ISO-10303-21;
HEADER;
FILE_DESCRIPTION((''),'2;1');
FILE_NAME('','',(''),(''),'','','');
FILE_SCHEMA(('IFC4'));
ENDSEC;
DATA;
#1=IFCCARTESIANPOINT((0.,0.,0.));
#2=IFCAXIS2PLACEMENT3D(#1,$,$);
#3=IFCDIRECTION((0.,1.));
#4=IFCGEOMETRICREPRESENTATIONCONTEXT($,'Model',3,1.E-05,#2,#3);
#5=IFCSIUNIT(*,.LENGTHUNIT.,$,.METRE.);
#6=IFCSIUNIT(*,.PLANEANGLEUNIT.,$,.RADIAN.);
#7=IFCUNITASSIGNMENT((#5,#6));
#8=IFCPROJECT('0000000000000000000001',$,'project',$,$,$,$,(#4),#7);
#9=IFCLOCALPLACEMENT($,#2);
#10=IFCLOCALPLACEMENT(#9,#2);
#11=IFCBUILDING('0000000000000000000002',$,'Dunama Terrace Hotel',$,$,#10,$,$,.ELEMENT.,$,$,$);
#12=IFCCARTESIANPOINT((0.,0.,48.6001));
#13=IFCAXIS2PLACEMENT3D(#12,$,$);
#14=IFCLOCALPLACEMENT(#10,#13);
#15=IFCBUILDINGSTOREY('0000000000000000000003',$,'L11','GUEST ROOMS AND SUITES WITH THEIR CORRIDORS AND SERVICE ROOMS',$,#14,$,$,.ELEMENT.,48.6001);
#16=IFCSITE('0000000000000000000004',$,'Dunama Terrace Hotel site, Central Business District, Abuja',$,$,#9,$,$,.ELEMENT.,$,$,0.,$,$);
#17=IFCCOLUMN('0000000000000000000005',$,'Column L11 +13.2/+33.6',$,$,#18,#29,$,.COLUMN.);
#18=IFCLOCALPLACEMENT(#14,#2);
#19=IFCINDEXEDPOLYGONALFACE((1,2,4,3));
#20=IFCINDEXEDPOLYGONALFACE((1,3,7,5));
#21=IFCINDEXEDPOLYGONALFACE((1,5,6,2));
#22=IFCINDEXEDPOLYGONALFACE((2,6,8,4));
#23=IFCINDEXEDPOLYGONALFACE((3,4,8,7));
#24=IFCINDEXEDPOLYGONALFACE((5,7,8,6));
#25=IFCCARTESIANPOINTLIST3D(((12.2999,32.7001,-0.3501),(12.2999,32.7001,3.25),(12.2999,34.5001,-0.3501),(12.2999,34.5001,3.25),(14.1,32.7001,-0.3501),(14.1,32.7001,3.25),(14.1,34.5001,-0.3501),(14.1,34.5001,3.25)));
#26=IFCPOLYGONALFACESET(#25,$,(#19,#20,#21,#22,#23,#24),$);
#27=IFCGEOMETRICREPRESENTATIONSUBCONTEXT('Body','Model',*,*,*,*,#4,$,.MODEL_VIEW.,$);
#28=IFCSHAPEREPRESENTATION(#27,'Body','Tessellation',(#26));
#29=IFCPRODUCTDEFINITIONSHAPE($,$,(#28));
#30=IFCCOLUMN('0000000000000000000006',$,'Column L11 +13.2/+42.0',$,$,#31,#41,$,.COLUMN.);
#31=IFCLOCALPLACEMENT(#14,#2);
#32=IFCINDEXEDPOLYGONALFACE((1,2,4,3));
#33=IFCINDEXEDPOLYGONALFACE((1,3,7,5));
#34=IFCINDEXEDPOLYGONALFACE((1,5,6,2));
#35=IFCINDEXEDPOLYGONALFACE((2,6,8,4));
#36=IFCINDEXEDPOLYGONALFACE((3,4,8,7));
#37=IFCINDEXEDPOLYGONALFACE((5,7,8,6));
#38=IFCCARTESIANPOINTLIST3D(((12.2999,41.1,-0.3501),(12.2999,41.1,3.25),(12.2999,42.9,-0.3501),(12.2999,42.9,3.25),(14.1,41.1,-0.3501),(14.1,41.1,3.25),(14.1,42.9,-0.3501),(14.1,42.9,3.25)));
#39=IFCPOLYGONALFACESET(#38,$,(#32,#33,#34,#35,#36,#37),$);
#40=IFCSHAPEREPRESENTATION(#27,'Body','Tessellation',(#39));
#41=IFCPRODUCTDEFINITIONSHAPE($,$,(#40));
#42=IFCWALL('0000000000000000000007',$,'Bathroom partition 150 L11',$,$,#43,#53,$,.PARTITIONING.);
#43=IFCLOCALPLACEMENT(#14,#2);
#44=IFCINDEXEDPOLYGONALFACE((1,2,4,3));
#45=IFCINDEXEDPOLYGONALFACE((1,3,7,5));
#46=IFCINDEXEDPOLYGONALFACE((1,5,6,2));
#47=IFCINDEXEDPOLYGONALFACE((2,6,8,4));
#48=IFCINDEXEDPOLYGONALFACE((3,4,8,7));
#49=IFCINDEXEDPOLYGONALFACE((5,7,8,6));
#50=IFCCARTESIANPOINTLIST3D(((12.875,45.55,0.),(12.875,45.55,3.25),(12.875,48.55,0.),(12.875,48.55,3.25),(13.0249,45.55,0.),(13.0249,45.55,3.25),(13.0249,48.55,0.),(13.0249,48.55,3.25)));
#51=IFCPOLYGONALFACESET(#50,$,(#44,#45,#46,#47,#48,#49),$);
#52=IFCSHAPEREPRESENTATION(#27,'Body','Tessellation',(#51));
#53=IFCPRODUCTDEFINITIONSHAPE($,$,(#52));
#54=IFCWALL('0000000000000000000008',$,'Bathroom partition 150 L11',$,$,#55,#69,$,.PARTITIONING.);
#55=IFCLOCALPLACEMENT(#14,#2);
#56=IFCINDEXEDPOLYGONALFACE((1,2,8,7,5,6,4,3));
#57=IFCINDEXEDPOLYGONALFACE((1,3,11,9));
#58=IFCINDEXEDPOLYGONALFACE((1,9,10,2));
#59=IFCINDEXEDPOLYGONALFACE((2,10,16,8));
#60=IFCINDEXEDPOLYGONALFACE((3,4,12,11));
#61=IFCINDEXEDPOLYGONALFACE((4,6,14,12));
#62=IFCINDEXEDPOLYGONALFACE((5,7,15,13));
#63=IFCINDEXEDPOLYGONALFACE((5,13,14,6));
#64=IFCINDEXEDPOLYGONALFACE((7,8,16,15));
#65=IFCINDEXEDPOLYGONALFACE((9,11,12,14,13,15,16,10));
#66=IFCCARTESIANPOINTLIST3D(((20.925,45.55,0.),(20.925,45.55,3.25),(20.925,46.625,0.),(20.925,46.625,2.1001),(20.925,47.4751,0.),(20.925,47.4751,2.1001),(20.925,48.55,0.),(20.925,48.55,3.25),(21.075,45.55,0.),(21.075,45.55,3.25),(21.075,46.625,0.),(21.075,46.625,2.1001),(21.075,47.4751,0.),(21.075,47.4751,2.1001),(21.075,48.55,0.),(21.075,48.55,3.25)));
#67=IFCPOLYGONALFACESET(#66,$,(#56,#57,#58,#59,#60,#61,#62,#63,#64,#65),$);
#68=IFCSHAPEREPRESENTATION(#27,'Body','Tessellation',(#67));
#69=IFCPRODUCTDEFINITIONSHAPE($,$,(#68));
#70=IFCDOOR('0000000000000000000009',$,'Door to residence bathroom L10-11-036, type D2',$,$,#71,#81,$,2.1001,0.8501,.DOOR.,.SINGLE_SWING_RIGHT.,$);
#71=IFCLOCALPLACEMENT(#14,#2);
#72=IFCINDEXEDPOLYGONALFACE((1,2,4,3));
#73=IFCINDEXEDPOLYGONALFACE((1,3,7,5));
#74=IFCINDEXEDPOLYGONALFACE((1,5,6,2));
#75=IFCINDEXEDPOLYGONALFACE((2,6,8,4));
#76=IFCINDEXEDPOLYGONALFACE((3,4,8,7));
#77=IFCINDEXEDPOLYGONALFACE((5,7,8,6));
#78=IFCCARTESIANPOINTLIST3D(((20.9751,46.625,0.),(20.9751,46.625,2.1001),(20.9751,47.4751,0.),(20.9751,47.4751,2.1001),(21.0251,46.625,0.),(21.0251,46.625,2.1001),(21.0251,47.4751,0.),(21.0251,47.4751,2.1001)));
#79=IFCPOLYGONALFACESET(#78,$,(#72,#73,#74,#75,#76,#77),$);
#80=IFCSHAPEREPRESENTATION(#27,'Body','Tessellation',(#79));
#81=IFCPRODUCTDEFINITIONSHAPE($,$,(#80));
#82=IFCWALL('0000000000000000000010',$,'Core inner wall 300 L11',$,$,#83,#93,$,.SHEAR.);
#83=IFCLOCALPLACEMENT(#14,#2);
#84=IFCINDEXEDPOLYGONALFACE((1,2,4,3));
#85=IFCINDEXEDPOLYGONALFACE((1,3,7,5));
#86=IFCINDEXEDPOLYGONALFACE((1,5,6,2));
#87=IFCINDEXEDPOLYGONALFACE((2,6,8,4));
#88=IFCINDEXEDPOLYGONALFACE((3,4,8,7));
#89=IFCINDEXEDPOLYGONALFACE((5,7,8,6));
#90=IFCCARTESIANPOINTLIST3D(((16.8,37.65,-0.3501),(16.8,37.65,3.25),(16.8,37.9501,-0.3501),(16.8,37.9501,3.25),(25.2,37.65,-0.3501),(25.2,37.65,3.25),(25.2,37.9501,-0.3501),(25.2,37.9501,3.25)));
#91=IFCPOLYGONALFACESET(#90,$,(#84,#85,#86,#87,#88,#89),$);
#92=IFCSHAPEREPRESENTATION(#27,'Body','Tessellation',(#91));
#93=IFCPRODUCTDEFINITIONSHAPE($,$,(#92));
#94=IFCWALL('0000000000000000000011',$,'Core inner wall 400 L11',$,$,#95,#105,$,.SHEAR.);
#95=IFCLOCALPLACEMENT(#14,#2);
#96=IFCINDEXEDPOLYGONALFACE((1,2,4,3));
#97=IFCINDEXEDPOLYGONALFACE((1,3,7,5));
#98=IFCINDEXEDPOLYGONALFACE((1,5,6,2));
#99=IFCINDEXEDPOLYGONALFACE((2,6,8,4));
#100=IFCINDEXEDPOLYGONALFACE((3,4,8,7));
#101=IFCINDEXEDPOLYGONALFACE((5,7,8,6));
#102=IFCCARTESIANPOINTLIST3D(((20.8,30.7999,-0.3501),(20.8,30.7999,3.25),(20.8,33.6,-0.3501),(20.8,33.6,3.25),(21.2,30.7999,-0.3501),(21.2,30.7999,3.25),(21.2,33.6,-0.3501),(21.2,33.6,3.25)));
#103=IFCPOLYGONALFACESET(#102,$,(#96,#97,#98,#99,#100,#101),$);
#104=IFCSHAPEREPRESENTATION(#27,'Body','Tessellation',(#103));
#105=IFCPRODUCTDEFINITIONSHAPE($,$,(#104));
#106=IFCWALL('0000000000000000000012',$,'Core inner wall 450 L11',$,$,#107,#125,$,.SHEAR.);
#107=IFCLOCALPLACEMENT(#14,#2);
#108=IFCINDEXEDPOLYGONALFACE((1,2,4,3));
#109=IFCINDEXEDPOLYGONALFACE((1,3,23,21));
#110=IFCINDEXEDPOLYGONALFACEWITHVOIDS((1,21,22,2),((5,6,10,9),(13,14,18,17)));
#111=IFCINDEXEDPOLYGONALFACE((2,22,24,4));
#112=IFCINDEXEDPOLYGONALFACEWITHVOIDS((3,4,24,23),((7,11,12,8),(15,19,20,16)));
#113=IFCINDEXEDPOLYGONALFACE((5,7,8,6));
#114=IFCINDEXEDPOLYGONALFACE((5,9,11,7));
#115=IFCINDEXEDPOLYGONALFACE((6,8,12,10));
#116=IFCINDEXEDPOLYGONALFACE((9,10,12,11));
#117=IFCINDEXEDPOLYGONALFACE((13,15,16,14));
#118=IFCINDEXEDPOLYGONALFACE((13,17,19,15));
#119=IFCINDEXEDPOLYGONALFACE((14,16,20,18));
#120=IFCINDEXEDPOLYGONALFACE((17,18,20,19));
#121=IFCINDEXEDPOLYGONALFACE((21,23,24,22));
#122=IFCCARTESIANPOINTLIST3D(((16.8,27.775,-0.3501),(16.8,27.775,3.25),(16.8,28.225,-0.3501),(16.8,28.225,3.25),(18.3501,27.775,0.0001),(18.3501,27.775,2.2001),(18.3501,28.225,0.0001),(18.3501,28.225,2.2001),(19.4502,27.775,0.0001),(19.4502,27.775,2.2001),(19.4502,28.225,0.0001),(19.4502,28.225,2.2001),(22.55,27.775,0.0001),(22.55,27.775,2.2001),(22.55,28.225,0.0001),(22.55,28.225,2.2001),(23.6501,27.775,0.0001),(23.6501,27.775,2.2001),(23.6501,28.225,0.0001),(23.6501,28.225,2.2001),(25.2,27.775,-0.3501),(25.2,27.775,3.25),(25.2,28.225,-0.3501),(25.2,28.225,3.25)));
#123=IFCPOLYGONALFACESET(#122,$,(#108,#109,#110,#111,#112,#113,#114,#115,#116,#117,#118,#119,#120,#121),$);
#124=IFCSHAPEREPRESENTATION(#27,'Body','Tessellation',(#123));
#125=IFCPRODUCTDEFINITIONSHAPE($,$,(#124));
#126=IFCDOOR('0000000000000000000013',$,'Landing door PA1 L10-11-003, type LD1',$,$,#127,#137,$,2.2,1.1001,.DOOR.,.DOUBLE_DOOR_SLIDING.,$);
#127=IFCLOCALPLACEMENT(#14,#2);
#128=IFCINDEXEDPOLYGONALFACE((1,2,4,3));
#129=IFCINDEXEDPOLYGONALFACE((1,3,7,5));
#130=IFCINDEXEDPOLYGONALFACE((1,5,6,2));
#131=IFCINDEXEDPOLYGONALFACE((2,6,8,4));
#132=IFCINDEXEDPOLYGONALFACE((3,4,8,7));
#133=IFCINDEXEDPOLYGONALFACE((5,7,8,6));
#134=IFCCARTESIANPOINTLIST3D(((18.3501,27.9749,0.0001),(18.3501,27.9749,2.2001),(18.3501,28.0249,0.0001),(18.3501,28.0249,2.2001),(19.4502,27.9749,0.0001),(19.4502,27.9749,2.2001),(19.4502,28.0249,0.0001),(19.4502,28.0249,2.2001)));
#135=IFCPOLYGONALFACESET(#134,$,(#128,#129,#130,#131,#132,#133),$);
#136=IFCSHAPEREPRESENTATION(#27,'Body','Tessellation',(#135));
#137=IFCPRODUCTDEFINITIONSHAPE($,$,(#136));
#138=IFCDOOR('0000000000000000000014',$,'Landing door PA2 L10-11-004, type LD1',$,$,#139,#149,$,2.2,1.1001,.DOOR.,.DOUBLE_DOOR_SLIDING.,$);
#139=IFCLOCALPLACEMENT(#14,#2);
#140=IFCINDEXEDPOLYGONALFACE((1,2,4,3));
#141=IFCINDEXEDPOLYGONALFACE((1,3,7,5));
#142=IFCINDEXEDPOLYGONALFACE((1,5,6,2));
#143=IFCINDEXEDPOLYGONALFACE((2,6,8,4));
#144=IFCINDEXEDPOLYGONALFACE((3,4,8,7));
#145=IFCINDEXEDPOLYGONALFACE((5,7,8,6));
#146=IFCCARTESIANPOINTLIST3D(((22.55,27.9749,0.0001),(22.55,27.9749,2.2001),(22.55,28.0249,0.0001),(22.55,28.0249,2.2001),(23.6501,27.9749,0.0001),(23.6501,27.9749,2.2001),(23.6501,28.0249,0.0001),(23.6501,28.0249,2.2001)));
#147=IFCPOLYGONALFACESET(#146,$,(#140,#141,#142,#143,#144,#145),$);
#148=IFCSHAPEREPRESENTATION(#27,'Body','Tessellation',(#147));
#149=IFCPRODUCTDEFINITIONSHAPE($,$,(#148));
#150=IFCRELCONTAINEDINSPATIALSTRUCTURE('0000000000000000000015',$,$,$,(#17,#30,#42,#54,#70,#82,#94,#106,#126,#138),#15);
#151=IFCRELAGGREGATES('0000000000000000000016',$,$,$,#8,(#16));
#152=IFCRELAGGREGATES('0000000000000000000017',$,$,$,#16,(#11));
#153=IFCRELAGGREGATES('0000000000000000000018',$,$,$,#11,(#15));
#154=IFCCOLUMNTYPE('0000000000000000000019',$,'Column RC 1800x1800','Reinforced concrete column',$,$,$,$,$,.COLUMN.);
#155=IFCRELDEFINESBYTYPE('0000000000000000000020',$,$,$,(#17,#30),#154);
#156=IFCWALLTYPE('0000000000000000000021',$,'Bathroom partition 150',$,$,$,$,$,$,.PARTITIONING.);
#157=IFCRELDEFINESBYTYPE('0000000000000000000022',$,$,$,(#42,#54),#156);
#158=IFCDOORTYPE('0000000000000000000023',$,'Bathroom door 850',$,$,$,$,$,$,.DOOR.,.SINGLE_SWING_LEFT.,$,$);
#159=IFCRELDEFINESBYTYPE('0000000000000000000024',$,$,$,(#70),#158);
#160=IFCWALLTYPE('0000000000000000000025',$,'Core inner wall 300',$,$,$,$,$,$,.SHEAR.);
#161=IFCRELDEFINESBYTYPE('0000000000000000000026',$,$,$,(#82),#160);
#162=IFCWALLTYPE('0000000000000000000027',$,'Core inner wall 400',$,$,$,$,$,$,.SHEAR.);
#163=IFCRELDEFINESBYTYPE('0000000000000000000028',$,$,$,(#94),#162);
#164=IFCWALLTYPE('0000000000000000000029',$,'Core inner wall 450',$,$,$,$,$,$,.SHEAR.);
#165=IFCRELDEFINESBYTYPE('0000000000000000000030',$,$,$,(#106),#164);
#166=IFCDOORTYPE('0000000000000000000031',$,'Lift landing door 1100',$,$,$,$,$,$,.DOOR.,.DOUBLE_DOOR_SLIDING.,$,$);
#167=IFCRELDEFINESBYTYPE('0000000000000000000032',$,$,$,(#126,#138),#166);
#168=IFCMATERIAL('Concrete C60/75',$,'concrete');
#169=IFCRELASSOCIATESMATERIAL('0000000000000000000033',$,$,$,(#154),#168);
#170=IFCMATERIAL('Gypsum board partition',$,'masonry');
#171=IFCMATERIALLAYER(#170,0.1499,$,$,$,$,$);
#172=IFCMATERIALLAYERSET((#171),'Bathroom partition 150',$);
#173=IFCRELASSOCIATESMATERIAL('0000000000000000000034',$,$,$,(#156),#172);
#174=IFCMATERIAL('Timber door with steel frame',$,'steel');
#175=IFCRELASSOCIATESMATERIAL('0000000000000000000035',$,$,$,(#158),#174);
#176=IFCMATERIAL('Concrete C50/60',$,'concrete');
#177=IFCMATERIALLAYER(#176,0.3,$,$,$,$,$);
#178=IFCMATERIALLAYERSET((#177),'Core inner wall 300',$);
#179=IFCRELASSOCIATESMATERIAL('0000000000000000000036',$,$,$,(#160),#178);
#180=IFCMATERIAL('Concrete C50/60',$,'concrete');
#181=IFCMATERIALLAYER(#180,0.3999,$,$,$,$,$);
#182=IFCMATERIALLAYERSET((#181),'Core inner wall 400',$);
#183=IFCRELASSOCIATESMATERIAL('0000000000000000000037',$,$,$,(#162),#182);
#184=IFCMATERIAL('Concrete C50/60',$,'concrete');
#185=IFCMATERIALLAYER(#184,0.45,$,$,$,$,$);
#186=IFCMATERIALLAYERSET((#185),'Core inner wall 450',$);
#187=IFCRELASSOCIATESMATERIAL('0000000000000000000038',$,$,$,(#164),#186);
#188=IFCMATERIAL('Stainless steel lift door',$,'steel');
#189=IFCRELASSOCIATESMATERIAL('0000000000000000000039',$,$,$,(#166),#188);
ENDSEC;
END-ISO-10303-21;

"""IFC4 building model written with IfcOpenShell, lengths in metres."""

from ifc_helpers import new_model, si_unit, direction, frame, frame_2d, origin, origin_2d, place, context, subcontext, project, spatial, rectangle, extrude, material, layer, layer_set, material_profile, profile_set, type_object, element, fill, save


model = new_model("IFC4")

# Units and contexts
model_context = context("Model", 3, precision=1e-05, world=origin(), true_north=direction((0.0, 1.0)))
body_context = subcontext(model_context, "Body", "Model", "MODEL_VIEW")
ifc_project = project(units=[si_unit("LENGTHUNIT", "METRE"), si_unit("PLANEANGLEUNIT", "RADIAN")], contexts=[model_context])

# Site, building, storey
site_placement = place(None, origin())
site = spatial("IfcSite", under=ifc_project, at=site_placement, Name="Dunama Terrace Hotel site, Central Business District, Abuja", CompositionType="ELEMENT", RefElevation=0.0)
building_placement = place(site_placement, origin())
building = spatial("IfcBuilding", under=site, at=building_placement, Name="Dunama Terrace Hotel", CompositionType="ELEMENT")
storey_placement = place(building_placement, frame((0.0, 0.0, 48.6001)))
storey = spatial("IfcBuildingStorey", under=building, at=storey_placement, Name="L11", Description="GUEST ROOMS AND SUITES WITH THEIR CORRIDORS AND SERVICE ROOMS", CompositionType="ELEMENT", Elevation=48.6001)

# Columns
ifc_material_1 = material(Name="Concrete C60/75", Category="concrete")
ifc_material_profile = material_profile(ifc_material_1, rectangle(XDim=1.8, YDim=1.8, at=origin_2d()), Name="RC 1800x1800")
ifc_profile_set = profile_set([ifc_material_profile], Name="Concrete C60/75")
column_type = type_object("IfcColumnType", Name="Column RC 1800x1800", Description="Reinforced concrete column", PredefinedType="COLUMN", material=ifc_profile_set)
for number, where, z_axis, x_axis, name in (
    (1, (13.2, 33.6001, -0.3501), (0.0, 0.0, 1.0), (1.0, 0.0, 0.0), "Column L11 +13.2/+33.6"),
    (2, (13.2, 42.0, -0.3501), (0.0, 0.0, 1.0), (1.0, 0.0, 0.0), "Column L11 +13.2/+42.0"),
):
    element("IfcColumn", number, at=place(storey_placement, frame(where, z_axis=z_axis, x_axis=x_axis)), inside=storey, type_object=column_type, Name=name, PredefinedType="COLUMN", context=body_context, shape_type="SweptSolid", body=[
        extrude(rectangle(XDim=1.8, YDim=1.8, at=origin_2d()), origin(), (0.0, 0.0, 1.0), 3.6001),
    ])

# Wall
ifc_material_2 = material(Name="Gypsum board partition", Category="masonry")
ifc_layer_1 = layer(ifc_material_2, 0.1499)
ifc_layer_set_1 = layer_set([ifc_layer_1], Name="Bathroom partition 150")
wall_type_1 = type_object("IfcWallType", Name="Bathroom partition 150", PredefinedType="PARTITIONING", material=ifc_layer_set_1)
wall_1_placement = place(storey_placement, frame((12.95, 45.55, 0.0), z_axis=(0.0, 0.0, 1.0), x_axis=(0.0, 1.0, 0.0)))
element("IfcWall", 3, at=wall_1_placement, inside=storey, type_object=wall_type_1, Name="Bathroom partition 150 L11", PredefinedType="PARTITIONING", context=body_context, shape_type="SweptSolid", body=[
    extrude(rectangle(XDim=3.0, YDim=0.1499, at=frame_2d((1.5, 0.0))), origin(), (0.0, 0.0, 1.0), 3.25),
])

# Wall, opening, door
wall_2_placement = place(storey_placement, frame((21.0, 45.55, 0.0), z_axis=(0.0, 0.0, 1.0), x_axis=(0.0, 1.0, 0.0)))
wall_2 = element("IfcWall", 4, at=wall_2_placement, inside=storey, type_object=wall_type_1, Name="Bathroom partition 150 L11", PredefinedType="PARTITIONING", context=body_context, shape_type="SweptSolid", body=[
    extrude(rectangle(XDim=3.0, YDim=0.1499, at=frame_2d((1.5, 0.0))), origin(), (0.0, 0.0, 1.0), 3.25),
])
opening_1_placement = place(wall_2_placement, frame((1.075, 0.0, 0.0)))
opening_1 = element("IfcOpeningElement", 5, at=opening_1_placement, cuts=wall_2, PredefinedType="OPENING", context=body_context, shape_type="SweptSolid", body=[
    extrude(rectangle(XDim=0.8501, YDim=2.1001, at=frame_2d((0.425, 1.05))), frame((0.0, 0.085, 0.0), z_axis=(0.0, -1.0, 0.0), x_axis=(1.0, 0.0, 0.0)), (0.0, 0.0, 1.0), 0.1699),
])
ifc_material_3 = material(Name="Timber door with steel frame", Category="steel")
door_type_1 = type_object("IfcDoorType", Name="Bathroom door 850", OperationType="SINGLE_SWING_LEFT", PredefinedType="DOOR", material=ifc_material_3)
door_1_placement = place(opening_1_placement, frame((0.8501, 0.0, 0.0), z_axis=(0.0, 0.0, 1.0), x_axis=(-1.0, 0.0, 0.0)))
door_1 = element("IfcDoor", 6, at=door_1_placement, inside=storey, type_object=door_type_1, Name="Door to residence bathroom L10-11-036, type D2", OperationType="SINGLE_SWING_RIGHT", OverallHeight=2.1001, OverallWidth=0.8501, PredefinedType="DOOR", context=body_context, shape_type="SweptSolid", body=[
    extrude(rectangle(XDim=0.8501, YDim=2.1001, at=frame_2d((0.425, 1.05))), frame((0.0, 0.0251, 0.0), z_axis=(0.0, -1.0, 0.0), x_axis=(1.0, 0.0, 0.0)), (0.0, 0.0, 1.0), 0.05),
])
fill(opening_1, door_1)

# Walls
ifc_material_4 = material(Name="Concrete C50/60", Category="concrete")
ifc_layer_2 = layer(ifc_material_4, 0.3)
ifc_layer_set_2 = layer_set([ifc_layer_2], Name="Core inner wall 300")
wall_type_2 = type_object("IfcWallType", Name="Core inner wall 300", PredefinedType="SHEAR", material=ifc_layer_set_2)
wall_3_placement = place(storey_placement, frame((16.8, 37.8, -0.3501), z_axis=(0.0, 0.0, 1.0), x_axis=(1.0, 0.0, 0.0)))
element("IfcWall", 7, at=wall_3_placement, inside=storey, type_object=wall_type_2, Name="Core inner wall 300 L11", PredefinedType="SHEAR", context=body_context, shape_type="SweptSolid", body=[
    extrude(rectangle(XDim=8.3999, YDim=0.3, at=frame_2d((4.2, 0.0))), origin(), (0.0, 0.0, 1.0), 3.6001),
])
ifc_material_5 = material(Name="Concrete C50/60", Category="concrete")
ifc_layer_3 = layer(ifc_material_5, 0.3999)
ifc_layer_set_3 = layer_set([ifc_layer_3], Name="Core inner wall 400")
wall_type_3 = type_object("IfcWallType", Name="Core inner wall 400", PredefinedType="SHEAR", material=ifc_layer_set_3)
wall_4_placement = place(storey_placement, frame((21.0, 30.8, -0.3501), z_axis=(0.0, 0.0, 1.0), x_axis=(0.0, 1.0, 0.0)))
element("IfcWall", 8, at=wall_4_placement, inside=storey, type_object=wall_type_3, Name="Core inner wall 400 L11", PredefinedType="SHEAR", context=body_context, shape_type="SweptSolid", body=[
    extrude(rectangle(XDim=2.8, YDim=0.3999, at=frame_2d((1.3999, 0.0))), origin(), (0.0, 0.0, 1.0), 3.6001),
])

# Wall, openings, doors
ifc_material_6 = material(Name="Concrete C50/60", Category="concrete")
ifc_layer_4 = layer(ifc_material_6, 0.45)
ifc_layer_set_4 = layer_set([ifc_layer_4], Name="Core inner wall 450")
wall_type_4 = type_object("IfcWallType", Name="Core inner wall 450", PredefinedType="SHEAR", material=ifc_layer_set_4)
wall_5_placement = place(storey_placement, frame((16.8, 28.0, -0.3501), z_axis=(0.0, 0.0, 1.0), x_axis=(1.0, 0.0, 0.0)))
wall_5 = element("IfcWall", 9, at=wall_5_placement, inside=storey, type_object=wall_type_4, Name="Core inner wall 450 L11", PredefinedType="SHEAR", context=body_context, shape_type="SweptSolid", body=[
    extrude(rectangle(XDim=8.3999, YDim=0.45, at=frame_2d((4.2, 0.0))), origin(), (0.0, 0.0, 1.0), 3.6001),
])
opening_2_placement = place(wall_5_placement, frame((1.55, 0.0, 0.3501)))
opening_2 = element("IfcOpeningElement", 10, at=opening_2_placement, cuts=wall_5, PredefinedType="OPENING", context=body_context, shape_type="SweptSolid", body=[
    extrude(rectangle(XDim=1.1001, YDim=2.2, at=frame_2d((0.55, 1.1001))), frame((0.0, 0.2349, 0.0), z_axis=(0.0, -1.0, 0.0), x_axis=(1.0, 0.0, 0.0)), (0.0, 0.0, 1.0), 0.47),
])
opening_3_placement = place(wall_5_placement, frame((5.75, 0.0, 0.3501)))
opening_3 = element("IfcOpeningElement", 11, at=opening_3_placement, cuts=wall_5, PredefinedType="OPENING", context=body_context, shape_type="SweptSolid", body=[
    extrude(rectangle(XDim=1.1001, YDim=2.2, at=frame_2d((0.55, 1.1001))), frame((0.0, 0.2349, 0.0), z_axis=(0.0, -1.0, 0.0), x_axis=(1.0, 0.0, 0.0)), (0.0, 0.0, 1.0), 0.47),
])
ifc_material_7 = material(Name="Stainless steel lift door", Category="steel")
door_type_2 = type_object("IfcDoorType", Name="Lift landing door 1100", OperationType="DOUBLE_DOOR_SLIDING", PredefinedType="DOOR", material=ifc_material_7)
door_2_placement = place(opening_2_placement, origin())
door_2 = element("IfcDoor", 12, at=door_2_placement, inside=storey, type_object=door_type_2, Name="Landing door PA1 L10-11-003, type LD1", OperationType="DOUBLE_DOOR_SLIDING", OverallHeight=2.2, OverallWidth=1.1001, PredefinedType="DOOR", context=body_context, shape_type="SweptSolid", body=[
    extrude(rectangle(XDim=1.1001, YDim=2.2, at=frame_2d((0.55, 1.1001))), frame((0.0, 0.0249, 0.0), z_axis=(0.0, -1.0, 0.0), x_axis=(1.0, 0.0, 0.0)), (0.0, 0.0, 1.0), 0.05),
])
fill(opening_2, door_2)
door_3_placement = place(opening_3_placement, origin())
door_3 = element("IfcDoor", 13, at=door_3_placement, inside=storey, type_object=door_type_2, Name="Landing door PA2 L10-11-004, type LD1", OperationType="DOUBLE_DOOR_SLIDING", OverallHeight=2.2, OverallWidth=1.1001, PredefinedType="DOOR", context=body_context, shape_type="SweptSolid", body=[
    extrude(rectangle(XDim=1.1001, YDim=2.2, at=frame_2d((0.55, 1.1001))), frame((0.0, 0.0249, 0.0), z_axis=(0.0, -1.0, 0.0), x_axis=(1.0, 0.0, 0.0)), (0.0, 0.0, 1.0), 0.05),
])
fill(opening_3, door_3)

save(model, "model.ifc")
